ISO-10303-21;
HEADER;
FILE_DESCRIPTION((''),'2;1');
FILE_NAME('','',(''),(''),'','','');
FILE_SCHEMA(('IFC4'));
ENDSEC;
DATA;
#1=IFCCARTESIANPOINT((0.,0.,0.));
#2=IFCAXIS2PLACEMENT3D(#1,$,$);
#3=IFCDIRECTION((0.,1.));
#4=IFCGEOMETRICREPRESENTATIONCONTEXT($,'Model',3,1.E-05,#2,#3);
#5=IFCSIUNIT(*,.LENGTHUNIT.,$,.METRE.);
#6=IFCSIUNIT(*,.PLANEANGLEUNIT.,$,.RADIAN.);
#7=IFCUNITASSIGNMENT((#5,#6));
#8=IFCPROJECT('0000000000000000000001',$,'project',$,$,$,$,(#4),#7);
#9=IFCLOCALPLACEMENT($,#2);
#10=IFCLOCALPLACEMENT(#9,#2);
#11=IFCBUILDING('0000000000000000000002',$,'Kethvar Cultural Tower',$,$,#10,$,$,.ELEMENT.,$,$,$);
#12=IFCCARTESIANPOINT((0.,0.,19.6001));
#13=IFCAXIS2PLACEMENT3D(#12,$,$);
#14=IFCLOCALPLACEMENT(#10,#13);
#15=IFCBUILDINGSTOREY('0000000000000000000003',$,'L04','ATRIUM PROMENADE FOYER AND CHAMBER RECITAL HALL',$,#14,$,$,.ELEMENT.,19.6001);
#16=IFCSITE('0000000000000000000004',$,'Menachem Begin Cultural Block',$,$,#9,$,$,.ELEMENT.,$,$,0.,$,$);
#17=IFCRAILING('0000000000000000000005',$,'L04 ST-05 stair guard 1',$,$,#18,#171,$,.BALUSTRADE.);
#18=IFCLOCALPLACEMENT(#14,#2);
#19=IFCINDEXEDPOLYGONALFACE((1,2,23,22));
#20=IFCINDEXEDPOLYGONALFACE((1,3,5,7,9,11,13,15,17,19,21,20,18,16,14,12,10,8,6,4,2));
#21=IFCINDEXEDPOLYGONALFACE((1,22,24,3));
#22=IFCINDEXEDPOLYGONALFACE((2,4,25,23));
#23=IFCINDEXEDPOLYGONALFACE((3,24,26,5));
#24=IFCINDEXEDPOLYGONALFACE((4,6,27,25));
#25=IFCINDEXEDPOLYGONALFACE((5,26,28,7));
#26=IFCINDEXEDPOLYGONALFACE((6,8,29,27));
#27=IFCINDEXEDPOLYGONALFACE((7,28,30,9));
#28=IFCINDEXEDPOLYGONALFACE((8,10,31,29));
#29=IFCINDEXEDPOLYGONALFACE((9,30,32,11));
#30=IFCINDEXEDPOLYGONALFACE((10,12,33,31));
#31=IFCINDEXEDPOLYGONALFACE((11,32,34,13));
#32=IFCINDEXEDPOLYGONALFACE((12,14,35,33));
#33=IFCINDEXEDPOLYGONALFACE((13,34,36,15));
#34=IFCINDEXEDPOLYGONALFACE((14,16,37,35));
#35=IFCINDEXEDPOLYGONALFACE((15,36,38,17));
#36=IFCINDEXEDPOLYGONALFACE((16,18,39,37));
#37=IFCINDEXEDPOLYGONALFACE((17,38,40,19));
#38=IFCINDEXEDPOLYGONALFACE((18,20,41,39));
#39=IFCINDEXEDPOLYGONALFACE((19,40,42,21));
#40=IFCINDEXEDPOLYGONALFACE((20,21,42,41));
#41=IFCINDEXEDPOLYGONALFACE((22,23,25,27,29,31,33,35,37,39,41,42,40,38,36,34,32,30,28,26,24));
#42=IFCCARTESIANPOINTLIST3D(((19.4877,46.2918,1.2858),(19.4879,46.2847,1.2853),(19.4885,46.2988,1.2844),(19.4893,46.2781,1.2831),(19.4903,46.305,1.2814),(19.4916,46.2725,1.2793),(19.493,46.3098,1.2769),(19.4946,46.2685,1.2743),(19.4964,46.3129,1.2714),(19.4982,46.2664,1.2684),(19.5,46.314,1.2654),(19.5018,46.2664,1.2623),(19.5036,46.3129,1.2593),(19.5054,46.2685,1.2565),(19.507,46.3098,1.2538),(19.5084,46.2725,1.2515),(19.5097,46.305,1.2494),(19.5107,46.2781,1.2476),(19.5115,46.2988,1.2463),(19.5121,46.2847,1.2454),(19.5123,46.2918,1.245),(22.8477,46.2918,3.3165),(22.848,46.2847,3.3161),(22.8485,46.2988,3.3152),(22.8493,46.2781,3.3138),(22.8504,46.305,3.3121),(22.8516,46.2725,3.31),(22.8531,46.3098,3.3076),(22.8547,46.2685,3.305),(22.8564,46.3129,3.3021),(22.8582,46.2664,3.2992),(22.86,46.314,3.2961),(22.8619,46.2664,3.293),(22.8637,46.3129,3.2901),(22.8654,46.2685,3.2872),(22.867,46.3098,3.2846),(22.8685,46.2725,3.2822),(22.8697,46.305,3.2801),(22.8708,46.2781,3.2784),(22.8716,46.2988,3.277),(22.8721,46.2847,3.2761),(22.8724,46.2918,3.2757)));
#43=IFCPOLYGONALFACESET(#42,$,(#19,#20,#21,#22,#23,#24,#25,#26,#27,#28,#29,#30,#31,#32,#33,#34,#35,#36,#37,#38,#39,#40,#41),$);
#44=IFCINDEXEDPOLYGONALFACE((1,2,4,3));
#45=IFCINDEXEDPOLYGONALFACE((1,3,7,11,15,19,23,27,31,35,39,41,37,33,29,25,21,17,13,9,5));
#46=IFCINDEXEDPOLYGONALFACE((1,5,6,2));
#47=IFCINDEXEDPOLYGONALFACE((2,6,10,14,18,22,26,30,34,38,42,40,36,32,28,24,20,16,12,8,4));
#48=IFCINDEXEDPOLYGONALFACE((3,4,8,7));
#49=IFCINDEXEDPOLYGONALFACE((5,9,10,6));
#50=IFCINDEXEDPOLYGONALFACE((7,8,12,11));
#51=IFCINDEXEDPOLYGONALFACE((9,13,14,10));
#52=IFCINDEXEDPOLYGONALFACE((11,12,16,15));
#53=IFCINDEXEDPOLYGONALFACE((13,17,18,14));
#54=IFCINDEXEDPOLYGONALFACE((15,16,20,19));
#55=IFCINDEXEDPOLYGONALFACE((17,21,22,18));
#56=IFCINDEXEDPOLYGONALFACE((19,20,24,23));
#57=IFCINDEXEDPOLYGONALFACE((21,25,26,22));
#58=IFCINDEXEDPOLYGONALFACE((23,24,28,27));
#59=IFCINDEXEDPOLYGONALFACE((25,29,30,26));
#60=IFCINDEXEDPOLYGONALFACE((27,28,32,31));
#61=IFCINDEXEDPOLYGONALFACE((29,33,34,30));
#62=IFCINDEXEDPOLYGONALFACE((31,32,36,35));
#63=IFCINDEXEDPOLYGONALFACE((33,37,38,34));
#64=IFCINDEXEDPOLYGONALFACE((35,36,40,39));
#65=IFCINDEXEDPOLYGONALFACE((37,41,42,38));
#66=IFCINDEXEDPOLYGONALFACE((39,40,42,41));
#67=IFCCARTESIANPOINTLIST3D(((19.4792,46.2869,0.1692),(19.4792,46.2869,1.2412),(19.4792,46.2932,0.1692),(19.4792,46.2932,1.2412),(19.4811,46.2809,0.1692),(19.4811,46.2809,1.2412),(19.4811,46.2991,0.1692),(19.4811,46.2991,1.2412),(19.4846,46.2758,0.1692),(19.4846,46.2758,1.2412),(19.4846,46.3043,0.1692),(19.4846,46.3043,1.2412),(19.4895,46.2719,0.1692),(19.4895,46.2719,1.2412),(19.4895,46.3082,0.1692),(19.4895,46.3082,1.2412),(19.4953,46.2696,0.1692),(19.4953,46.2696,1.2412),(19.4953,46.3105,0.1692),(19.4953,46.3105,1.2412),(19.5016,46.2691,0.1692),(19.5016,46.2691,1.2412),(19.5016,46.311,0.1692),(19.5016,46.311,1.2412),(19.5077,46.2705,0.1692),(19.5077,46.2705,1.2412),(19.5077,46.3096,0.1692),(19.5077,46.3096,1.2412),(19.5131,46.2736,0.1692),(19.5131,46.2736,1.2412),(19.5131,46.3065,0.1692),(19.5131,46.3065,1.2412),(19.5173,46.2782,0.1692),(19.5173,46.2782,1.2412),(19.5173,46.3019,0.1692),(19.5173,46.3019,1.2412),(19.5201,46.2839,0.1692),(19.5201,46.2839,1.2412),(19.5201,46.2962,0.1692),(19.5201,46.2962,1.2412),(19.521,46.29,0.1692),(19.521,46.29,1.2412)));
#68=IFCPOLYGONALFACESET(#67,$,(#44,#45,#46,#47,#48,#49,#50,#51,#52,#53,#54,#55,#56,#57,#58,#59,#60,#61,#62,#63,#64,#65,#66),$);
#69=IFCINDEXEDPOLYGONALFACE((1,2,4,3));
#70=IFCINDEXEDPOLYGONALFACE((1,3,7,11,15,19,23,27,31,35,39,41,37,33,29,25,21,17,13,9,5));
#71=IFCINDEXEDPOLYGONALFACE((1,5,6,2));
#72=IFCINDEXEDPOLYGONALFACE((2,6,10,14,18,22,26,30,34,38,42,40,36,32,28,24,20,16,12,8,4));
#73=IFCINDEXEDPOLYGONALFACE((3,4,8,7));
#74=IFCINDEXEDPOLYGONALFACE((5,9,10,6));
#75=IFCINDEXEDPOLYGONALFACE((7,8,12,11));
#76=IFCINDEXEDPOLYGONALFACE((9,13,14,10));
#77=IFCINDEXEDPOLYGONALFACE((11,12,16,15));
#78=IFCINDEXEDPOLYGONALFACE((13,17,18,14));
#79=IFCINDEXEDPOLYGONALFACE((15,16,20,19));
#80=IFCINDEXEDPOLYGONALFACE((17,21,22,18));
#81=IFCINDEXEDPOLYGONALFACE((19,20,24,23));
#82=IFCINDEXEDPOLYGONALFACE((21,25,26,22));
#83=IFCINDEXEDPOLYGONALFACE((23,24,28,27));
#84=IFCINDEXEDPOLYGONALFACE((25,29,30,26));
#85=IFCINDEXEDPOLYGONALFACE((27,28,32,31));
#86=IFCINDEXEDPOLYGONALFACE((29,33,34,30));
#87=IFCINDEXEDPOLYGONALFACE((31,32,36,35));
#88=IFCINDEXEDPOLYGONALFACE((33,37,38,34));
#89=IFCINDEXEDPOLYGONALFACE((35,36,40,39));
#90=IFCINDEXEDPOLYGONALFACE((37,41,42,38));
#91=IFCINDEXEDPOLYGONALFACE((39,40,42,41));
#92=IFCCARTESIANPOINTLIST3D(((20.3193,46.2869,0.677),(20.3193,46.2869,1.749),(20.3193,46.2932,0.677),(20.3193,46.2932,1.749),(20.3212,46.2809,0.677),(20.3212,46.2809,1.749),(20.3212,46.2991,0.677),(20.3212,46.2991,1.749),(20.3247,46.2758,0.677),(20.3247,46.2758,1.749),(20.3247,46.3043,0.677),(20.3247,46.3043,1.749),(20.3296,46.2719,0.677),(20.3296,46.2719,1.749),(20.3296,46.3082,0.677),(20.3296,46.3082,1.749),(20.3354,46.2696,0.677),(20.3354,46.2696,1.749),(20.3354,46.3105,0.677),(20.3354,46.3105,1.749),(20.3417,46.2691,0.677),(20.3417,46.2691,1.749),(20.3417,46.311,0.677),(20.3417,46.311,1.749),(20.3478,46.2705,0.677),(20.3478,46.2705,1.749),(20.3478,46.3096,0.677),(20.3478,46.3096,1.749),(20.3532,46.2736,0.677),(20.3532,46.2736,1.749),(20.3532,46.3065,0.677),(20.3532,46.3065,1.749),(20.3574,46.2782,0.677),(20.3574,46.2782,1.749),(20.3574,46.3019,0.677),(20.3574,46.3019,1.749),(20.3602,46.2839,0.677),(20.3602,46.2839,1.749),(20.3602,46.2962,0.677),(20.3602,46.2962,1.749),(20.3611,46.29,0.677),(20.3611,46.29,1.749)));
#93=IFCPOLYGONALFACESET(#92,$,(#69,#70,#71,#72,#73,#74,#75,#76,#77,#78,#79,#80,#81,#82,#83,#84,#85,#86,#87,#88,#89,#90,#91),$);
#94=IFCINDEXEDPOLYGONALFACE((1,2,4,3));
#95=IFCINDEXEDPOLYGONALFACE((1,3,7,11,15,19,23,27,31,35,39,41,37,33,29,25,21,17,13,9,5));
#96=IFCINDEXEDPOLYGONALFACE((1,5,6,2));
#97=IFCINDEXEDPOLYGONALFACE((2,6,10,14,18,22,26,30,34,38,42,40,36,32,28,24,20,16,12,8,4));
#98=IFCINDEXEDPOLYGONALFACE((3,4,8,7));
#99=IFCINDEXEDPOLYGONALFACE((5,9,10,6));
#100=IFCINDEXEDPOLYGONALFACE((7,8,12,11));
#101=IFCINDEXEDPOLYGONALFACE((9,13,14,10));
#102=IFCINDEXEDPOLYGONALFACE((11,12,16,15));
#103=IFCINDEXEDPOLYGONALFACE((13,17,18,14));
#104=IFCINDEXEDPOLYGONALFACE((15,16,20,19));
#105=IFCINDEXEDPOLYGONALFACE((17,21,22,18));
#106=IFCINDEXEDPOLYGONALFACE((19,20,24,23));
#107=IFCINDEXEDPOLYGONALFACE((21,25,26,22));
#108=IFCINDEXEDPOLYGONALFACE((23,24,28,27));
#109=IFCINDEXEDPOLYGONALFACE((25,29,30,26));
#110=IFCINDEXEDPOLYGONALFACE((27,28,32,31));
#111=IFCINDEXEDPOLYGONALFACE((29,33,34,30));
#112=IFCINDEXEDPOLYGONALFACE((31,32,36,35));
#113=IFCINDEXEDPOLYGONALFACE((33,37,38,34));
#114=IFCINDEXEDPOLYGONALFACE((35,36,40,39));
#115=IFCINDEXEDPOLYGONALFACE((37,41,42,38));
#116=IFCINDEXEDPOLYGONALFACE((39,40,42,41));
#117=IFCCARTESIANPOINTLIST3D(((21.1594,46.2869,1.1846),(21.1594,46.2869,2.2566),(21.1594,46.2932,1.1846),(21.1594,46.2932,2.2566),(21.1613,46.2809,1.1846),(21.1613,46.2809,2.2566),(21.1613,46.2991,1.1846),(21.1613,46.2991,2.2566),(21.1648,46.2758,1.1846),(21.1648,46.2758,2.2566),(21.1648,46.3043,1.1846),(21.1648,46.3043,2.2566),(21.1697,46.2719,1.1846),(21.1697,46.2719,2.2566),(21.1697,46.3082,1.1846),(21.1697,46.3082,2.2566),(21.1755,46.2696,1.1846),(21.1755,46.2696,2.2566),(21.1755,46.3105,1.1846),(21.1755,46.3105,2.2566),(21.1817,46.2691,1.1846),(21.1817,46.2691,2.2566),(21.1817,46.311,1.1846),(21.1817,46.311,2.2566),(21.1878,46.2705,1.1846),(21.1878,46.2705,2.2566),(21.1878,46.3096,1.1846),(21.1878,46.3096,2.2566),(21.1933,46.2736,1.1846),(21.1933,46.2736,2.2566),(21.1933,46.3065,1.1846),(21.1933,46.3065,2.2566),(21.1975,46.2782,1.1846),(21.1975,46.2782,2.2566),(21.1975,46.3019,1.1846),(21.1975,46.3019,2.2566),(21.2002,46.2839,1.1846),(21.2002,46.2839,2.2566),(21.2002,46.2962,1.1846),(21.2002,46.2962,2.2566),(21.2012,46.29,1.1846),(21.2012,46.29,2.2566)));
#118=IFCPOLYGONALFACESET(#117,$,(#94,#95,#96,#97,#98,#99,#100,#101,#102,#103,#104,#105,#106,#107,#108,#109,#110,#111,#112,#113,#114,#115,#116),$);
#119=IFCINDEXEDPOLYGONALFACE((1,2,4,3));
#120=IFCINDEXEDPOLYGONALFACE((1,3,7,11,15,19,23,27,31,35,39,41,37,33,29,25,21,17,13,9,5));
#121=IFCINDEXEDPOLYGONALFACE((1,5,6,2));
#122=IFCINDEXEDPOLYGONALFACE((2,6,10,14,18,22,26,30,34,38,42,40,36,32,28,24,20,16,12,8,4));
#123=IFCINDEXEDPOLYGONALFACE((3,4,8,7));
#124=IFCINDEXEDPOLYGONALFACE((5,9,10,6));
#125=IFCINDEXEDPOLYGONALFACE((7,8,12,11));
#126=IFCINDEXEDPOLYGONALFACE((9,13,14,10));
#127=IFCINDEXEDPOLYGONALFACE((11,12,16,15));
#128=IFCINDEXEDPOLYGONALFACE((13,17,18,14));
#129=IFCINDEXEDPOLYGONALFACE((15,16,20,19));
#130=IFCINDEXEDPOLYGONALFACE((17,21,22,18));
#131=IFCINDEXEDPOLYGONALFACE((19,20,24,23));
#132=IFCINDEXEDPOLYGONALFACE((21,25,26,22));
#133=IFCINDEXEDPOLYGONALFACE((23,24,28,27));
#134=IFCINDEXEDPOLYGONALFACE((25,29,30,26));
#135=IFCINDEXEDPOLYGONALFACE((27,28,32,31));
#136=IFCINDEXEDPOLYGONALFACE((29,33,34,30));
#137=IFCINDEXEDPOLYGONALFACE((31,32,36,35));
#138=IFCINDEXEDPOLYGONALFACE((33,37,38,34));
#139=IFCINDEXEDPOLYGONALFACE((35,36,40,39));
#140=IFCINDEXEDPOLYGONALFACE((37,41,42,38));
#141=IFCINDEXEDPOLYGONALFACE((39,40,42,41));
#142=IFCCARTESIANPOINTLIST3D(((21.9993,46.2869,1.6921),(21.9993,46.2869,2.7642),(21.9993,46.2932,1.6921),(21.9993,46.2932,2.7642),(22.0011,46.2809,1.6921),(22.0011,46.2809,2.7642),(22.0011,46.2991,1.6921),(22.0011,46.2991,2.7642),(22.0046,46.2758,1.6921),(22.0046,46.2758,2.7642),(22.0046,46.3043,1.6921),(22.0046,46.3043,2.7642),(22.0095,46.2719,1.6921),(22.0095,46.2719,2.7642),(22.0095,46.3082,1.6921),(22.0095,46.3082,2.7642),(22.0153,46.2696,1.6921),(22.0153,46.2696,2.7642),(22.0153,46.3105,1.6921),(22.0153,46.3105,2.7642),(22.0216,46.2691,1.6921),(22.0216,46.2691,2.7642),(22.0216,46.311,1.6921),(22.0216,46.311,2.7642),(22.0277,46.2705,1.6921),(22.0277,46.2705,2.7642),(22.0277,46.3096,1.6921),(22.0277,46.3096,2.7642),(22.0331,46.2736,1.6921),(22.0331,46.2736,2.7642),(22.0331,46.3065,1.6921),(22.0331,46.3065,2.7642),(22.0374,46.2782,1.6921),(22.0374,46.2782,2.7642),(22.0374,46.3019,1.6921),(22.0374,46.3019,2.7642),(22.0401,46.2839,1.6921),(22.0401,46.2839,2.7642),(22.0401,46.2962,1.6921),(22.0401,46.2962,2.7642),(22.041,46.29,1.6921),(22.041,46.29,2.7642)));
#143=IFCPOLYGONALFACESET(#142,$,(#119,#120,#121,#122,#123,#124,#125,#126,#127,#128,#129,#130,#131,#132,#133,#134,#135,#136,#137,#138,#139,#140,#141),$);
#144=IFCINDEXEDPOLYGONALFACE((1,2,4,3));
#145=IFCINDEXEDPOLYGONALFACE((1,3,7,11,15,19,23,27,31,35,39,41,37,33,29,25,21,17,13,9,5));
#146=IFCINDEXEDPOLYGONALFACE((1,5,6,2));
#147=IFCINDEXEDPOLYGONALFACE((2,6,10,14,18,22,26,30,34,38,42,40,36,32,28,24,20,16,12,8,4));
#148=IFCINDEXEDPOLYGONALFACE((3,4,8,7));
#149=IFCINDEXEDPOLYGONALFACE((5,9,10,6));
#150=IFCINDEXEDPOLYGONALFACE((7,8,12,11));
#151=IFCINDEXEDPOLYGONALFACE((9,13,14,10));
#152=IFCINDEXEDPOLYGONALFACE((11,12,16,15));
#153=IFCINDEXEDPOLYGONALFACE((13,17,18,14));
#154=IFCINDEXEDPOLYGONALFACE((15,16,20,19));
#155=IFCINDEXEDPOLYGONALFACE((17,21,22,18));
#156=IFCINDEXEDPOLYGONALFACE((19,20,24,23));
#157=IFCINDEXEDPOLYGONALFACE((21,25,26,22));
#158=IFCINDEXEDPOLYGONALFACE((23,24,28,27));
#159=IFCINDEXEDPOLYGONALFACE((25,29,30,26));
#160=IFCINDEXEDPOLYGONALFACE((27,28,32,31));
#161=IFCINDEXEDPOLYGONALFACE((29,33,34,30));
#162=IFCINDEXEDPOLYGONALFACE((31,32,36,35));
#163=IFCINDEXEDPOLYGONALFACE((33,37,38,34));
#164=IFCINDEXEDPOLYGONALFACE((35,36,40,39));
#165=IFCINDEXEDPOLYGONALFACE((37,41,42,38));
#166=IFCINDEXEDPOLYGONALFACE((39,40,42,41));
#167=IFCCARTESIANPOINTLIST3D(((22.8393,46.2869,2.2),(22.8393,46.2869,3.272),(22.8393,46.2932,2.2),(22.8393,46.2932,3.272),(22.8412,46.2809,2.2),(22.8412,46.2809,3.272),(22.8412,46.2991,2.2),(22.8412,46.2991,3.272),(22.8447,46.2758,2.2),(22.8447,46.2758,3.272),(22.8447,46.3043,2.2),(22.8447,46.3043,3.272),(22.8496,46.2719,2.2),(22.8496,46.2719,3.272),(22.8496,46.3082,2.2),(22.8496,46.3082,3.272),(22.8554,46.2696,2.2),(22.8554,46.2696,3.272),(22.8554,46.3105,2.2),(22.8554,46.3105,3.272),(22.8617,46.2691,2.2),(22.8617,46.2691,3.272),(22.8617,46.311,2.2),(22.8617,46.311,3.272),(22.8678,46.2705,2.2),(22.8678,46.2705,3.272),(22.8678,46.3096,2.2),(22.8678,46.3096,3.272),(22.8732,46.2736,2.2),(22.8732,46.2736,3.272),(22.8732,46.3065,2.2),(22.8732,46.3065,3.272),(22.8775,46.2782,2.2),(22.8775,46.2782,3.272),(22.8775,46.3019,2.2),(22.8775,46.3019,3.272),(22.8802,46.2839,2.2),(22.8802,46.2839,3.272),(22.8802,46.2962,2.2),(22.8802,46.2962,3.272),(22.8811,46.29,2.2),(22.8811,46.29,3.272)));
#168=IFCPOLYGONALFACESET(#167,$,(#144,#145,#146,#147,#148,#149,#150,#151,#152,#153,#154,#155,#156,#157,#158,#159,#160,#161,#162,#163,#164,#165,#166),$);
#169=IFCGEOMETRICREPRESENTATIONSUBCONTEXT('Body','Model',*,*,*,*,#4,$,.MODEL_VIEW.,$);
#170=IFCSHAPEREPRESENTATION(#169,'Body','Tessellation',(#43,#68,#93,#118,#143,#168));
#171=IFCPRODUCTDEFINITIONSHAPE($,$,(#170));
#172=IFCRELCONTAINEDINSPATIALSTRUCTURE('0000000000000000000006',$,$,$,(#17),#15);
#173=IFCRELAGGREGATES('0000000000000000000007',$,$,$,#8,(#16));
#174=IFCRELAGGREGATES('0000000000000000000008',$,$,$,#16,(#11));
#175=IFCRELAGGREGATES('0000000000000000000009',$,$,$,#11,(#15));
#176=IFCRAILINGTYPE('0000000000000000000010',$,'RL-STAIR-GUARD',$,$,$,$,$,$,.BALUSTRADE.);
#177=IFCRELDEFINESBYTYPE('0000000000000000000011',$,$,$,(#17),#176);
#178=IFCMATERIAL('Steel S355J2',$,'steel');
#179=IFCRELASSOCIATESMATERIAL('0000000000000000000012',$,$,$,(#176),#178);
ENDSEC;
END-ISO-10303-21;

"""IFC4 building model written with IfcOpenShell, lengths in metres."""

from ifc_helpers import new_model, si_unit, direction, frame, origin, origin_2d, place, context, subcontext, project, spatial, circle, extrude, material, type_object, element, save


model = new_model("IFC4")

# Units and contexts
model_context = context("Model", 3, precision=1e-05, world=origin(), true_north=direction((0.0, 1.0)))
body_context = subcontext(model_context, "Body", "Model", "MODEL_VIEW")
ifc_project = project(units=[si_unit("LENGTHUNIT", "METRE"), si_unit("PLANEANGLEUNIT", "RADIAN")], contexts=[model_context])

# Site, building, storey
site_placement = place(None, origin())
site = spatial("IfcSite", under=ifc_project, at=site_placement, Name="Menachem Begin Cultural Block", CompositionType="ELEMENT", RefElevation=0.0)
building_placement = place(site_placement, origin())
building = spatial("IfcBuilding", under=site, at=building_placement, Name="Kethvar Cultural Tower", CompositionType="ELEMENT")
storey_placement = place(building_placement, frame((0.0, 0.0, 19.6001)))
storey = spatial("IfcBuildingStorey", under=building, at=storey_placement, Name="L04", Description="ATRIUM PROMENADE FOYER AND CHAMBER RECITAL HALL", CompositionType="ELEMENT", Elevation=19.6001)

# Railing
ifc_material_1 = material(Name="Steel S355J2", Category="steel")
railing_type = type_object("IfcRailingType", Name="RL-STAIR-GUARD", PredefinedType="BALUSTRADE", material=ifc_material_1)
railing_1_placement = place(storey_placement, frame((19.5, 46.29, 0.1692)))
element("IfcRailing", 1, at=railing_1_placement, inside=storey, type_object=railing_type, Name="L04 ST-05 stair guard 1", PredefinedType="BALUSTRADE", context=body_context, shape_type="SweptSolid", body=[
    extrude(circle(Radius=0.0239, at=origin_2d()), frame((0.0, 0.0, 1.0962), z_axis=(0.855837, 0.0, 0.517246), x_axis=(0.0, 1.0, 0.0)), (0.0, 0.0, 1.0), 3.926),
    extrude(circle(Radius=0.021, at=origin_2d()), origin(), (0.0, 0.0, 1.0), 1.072),
    extrude(circle(Radius=0.021, at=origin_2d()), frame((0.8401, 0.0, 0.5078)), (0.0, 0.0, 1.0), 1.072),
    extrude(circle(Radius=0.021, at=origin_2d()), frame((1.6802, 0.0, 1.0154)), (0.0, 0.0, 1.0), 1.072),
    extrude(circle(Radius=0.021, at=origin_2d()), frame((2.52, 0.0, 1.5229)), (0.0, 0.0, 1.0), 1.072),
    extrude(circle(Radius=0.021, at=origin_2d()), frame((3.3601, 0.0, 2.0308)), (0.0, 0.0, 1.0), 1.072),
])

save(model, "model.ifc")
